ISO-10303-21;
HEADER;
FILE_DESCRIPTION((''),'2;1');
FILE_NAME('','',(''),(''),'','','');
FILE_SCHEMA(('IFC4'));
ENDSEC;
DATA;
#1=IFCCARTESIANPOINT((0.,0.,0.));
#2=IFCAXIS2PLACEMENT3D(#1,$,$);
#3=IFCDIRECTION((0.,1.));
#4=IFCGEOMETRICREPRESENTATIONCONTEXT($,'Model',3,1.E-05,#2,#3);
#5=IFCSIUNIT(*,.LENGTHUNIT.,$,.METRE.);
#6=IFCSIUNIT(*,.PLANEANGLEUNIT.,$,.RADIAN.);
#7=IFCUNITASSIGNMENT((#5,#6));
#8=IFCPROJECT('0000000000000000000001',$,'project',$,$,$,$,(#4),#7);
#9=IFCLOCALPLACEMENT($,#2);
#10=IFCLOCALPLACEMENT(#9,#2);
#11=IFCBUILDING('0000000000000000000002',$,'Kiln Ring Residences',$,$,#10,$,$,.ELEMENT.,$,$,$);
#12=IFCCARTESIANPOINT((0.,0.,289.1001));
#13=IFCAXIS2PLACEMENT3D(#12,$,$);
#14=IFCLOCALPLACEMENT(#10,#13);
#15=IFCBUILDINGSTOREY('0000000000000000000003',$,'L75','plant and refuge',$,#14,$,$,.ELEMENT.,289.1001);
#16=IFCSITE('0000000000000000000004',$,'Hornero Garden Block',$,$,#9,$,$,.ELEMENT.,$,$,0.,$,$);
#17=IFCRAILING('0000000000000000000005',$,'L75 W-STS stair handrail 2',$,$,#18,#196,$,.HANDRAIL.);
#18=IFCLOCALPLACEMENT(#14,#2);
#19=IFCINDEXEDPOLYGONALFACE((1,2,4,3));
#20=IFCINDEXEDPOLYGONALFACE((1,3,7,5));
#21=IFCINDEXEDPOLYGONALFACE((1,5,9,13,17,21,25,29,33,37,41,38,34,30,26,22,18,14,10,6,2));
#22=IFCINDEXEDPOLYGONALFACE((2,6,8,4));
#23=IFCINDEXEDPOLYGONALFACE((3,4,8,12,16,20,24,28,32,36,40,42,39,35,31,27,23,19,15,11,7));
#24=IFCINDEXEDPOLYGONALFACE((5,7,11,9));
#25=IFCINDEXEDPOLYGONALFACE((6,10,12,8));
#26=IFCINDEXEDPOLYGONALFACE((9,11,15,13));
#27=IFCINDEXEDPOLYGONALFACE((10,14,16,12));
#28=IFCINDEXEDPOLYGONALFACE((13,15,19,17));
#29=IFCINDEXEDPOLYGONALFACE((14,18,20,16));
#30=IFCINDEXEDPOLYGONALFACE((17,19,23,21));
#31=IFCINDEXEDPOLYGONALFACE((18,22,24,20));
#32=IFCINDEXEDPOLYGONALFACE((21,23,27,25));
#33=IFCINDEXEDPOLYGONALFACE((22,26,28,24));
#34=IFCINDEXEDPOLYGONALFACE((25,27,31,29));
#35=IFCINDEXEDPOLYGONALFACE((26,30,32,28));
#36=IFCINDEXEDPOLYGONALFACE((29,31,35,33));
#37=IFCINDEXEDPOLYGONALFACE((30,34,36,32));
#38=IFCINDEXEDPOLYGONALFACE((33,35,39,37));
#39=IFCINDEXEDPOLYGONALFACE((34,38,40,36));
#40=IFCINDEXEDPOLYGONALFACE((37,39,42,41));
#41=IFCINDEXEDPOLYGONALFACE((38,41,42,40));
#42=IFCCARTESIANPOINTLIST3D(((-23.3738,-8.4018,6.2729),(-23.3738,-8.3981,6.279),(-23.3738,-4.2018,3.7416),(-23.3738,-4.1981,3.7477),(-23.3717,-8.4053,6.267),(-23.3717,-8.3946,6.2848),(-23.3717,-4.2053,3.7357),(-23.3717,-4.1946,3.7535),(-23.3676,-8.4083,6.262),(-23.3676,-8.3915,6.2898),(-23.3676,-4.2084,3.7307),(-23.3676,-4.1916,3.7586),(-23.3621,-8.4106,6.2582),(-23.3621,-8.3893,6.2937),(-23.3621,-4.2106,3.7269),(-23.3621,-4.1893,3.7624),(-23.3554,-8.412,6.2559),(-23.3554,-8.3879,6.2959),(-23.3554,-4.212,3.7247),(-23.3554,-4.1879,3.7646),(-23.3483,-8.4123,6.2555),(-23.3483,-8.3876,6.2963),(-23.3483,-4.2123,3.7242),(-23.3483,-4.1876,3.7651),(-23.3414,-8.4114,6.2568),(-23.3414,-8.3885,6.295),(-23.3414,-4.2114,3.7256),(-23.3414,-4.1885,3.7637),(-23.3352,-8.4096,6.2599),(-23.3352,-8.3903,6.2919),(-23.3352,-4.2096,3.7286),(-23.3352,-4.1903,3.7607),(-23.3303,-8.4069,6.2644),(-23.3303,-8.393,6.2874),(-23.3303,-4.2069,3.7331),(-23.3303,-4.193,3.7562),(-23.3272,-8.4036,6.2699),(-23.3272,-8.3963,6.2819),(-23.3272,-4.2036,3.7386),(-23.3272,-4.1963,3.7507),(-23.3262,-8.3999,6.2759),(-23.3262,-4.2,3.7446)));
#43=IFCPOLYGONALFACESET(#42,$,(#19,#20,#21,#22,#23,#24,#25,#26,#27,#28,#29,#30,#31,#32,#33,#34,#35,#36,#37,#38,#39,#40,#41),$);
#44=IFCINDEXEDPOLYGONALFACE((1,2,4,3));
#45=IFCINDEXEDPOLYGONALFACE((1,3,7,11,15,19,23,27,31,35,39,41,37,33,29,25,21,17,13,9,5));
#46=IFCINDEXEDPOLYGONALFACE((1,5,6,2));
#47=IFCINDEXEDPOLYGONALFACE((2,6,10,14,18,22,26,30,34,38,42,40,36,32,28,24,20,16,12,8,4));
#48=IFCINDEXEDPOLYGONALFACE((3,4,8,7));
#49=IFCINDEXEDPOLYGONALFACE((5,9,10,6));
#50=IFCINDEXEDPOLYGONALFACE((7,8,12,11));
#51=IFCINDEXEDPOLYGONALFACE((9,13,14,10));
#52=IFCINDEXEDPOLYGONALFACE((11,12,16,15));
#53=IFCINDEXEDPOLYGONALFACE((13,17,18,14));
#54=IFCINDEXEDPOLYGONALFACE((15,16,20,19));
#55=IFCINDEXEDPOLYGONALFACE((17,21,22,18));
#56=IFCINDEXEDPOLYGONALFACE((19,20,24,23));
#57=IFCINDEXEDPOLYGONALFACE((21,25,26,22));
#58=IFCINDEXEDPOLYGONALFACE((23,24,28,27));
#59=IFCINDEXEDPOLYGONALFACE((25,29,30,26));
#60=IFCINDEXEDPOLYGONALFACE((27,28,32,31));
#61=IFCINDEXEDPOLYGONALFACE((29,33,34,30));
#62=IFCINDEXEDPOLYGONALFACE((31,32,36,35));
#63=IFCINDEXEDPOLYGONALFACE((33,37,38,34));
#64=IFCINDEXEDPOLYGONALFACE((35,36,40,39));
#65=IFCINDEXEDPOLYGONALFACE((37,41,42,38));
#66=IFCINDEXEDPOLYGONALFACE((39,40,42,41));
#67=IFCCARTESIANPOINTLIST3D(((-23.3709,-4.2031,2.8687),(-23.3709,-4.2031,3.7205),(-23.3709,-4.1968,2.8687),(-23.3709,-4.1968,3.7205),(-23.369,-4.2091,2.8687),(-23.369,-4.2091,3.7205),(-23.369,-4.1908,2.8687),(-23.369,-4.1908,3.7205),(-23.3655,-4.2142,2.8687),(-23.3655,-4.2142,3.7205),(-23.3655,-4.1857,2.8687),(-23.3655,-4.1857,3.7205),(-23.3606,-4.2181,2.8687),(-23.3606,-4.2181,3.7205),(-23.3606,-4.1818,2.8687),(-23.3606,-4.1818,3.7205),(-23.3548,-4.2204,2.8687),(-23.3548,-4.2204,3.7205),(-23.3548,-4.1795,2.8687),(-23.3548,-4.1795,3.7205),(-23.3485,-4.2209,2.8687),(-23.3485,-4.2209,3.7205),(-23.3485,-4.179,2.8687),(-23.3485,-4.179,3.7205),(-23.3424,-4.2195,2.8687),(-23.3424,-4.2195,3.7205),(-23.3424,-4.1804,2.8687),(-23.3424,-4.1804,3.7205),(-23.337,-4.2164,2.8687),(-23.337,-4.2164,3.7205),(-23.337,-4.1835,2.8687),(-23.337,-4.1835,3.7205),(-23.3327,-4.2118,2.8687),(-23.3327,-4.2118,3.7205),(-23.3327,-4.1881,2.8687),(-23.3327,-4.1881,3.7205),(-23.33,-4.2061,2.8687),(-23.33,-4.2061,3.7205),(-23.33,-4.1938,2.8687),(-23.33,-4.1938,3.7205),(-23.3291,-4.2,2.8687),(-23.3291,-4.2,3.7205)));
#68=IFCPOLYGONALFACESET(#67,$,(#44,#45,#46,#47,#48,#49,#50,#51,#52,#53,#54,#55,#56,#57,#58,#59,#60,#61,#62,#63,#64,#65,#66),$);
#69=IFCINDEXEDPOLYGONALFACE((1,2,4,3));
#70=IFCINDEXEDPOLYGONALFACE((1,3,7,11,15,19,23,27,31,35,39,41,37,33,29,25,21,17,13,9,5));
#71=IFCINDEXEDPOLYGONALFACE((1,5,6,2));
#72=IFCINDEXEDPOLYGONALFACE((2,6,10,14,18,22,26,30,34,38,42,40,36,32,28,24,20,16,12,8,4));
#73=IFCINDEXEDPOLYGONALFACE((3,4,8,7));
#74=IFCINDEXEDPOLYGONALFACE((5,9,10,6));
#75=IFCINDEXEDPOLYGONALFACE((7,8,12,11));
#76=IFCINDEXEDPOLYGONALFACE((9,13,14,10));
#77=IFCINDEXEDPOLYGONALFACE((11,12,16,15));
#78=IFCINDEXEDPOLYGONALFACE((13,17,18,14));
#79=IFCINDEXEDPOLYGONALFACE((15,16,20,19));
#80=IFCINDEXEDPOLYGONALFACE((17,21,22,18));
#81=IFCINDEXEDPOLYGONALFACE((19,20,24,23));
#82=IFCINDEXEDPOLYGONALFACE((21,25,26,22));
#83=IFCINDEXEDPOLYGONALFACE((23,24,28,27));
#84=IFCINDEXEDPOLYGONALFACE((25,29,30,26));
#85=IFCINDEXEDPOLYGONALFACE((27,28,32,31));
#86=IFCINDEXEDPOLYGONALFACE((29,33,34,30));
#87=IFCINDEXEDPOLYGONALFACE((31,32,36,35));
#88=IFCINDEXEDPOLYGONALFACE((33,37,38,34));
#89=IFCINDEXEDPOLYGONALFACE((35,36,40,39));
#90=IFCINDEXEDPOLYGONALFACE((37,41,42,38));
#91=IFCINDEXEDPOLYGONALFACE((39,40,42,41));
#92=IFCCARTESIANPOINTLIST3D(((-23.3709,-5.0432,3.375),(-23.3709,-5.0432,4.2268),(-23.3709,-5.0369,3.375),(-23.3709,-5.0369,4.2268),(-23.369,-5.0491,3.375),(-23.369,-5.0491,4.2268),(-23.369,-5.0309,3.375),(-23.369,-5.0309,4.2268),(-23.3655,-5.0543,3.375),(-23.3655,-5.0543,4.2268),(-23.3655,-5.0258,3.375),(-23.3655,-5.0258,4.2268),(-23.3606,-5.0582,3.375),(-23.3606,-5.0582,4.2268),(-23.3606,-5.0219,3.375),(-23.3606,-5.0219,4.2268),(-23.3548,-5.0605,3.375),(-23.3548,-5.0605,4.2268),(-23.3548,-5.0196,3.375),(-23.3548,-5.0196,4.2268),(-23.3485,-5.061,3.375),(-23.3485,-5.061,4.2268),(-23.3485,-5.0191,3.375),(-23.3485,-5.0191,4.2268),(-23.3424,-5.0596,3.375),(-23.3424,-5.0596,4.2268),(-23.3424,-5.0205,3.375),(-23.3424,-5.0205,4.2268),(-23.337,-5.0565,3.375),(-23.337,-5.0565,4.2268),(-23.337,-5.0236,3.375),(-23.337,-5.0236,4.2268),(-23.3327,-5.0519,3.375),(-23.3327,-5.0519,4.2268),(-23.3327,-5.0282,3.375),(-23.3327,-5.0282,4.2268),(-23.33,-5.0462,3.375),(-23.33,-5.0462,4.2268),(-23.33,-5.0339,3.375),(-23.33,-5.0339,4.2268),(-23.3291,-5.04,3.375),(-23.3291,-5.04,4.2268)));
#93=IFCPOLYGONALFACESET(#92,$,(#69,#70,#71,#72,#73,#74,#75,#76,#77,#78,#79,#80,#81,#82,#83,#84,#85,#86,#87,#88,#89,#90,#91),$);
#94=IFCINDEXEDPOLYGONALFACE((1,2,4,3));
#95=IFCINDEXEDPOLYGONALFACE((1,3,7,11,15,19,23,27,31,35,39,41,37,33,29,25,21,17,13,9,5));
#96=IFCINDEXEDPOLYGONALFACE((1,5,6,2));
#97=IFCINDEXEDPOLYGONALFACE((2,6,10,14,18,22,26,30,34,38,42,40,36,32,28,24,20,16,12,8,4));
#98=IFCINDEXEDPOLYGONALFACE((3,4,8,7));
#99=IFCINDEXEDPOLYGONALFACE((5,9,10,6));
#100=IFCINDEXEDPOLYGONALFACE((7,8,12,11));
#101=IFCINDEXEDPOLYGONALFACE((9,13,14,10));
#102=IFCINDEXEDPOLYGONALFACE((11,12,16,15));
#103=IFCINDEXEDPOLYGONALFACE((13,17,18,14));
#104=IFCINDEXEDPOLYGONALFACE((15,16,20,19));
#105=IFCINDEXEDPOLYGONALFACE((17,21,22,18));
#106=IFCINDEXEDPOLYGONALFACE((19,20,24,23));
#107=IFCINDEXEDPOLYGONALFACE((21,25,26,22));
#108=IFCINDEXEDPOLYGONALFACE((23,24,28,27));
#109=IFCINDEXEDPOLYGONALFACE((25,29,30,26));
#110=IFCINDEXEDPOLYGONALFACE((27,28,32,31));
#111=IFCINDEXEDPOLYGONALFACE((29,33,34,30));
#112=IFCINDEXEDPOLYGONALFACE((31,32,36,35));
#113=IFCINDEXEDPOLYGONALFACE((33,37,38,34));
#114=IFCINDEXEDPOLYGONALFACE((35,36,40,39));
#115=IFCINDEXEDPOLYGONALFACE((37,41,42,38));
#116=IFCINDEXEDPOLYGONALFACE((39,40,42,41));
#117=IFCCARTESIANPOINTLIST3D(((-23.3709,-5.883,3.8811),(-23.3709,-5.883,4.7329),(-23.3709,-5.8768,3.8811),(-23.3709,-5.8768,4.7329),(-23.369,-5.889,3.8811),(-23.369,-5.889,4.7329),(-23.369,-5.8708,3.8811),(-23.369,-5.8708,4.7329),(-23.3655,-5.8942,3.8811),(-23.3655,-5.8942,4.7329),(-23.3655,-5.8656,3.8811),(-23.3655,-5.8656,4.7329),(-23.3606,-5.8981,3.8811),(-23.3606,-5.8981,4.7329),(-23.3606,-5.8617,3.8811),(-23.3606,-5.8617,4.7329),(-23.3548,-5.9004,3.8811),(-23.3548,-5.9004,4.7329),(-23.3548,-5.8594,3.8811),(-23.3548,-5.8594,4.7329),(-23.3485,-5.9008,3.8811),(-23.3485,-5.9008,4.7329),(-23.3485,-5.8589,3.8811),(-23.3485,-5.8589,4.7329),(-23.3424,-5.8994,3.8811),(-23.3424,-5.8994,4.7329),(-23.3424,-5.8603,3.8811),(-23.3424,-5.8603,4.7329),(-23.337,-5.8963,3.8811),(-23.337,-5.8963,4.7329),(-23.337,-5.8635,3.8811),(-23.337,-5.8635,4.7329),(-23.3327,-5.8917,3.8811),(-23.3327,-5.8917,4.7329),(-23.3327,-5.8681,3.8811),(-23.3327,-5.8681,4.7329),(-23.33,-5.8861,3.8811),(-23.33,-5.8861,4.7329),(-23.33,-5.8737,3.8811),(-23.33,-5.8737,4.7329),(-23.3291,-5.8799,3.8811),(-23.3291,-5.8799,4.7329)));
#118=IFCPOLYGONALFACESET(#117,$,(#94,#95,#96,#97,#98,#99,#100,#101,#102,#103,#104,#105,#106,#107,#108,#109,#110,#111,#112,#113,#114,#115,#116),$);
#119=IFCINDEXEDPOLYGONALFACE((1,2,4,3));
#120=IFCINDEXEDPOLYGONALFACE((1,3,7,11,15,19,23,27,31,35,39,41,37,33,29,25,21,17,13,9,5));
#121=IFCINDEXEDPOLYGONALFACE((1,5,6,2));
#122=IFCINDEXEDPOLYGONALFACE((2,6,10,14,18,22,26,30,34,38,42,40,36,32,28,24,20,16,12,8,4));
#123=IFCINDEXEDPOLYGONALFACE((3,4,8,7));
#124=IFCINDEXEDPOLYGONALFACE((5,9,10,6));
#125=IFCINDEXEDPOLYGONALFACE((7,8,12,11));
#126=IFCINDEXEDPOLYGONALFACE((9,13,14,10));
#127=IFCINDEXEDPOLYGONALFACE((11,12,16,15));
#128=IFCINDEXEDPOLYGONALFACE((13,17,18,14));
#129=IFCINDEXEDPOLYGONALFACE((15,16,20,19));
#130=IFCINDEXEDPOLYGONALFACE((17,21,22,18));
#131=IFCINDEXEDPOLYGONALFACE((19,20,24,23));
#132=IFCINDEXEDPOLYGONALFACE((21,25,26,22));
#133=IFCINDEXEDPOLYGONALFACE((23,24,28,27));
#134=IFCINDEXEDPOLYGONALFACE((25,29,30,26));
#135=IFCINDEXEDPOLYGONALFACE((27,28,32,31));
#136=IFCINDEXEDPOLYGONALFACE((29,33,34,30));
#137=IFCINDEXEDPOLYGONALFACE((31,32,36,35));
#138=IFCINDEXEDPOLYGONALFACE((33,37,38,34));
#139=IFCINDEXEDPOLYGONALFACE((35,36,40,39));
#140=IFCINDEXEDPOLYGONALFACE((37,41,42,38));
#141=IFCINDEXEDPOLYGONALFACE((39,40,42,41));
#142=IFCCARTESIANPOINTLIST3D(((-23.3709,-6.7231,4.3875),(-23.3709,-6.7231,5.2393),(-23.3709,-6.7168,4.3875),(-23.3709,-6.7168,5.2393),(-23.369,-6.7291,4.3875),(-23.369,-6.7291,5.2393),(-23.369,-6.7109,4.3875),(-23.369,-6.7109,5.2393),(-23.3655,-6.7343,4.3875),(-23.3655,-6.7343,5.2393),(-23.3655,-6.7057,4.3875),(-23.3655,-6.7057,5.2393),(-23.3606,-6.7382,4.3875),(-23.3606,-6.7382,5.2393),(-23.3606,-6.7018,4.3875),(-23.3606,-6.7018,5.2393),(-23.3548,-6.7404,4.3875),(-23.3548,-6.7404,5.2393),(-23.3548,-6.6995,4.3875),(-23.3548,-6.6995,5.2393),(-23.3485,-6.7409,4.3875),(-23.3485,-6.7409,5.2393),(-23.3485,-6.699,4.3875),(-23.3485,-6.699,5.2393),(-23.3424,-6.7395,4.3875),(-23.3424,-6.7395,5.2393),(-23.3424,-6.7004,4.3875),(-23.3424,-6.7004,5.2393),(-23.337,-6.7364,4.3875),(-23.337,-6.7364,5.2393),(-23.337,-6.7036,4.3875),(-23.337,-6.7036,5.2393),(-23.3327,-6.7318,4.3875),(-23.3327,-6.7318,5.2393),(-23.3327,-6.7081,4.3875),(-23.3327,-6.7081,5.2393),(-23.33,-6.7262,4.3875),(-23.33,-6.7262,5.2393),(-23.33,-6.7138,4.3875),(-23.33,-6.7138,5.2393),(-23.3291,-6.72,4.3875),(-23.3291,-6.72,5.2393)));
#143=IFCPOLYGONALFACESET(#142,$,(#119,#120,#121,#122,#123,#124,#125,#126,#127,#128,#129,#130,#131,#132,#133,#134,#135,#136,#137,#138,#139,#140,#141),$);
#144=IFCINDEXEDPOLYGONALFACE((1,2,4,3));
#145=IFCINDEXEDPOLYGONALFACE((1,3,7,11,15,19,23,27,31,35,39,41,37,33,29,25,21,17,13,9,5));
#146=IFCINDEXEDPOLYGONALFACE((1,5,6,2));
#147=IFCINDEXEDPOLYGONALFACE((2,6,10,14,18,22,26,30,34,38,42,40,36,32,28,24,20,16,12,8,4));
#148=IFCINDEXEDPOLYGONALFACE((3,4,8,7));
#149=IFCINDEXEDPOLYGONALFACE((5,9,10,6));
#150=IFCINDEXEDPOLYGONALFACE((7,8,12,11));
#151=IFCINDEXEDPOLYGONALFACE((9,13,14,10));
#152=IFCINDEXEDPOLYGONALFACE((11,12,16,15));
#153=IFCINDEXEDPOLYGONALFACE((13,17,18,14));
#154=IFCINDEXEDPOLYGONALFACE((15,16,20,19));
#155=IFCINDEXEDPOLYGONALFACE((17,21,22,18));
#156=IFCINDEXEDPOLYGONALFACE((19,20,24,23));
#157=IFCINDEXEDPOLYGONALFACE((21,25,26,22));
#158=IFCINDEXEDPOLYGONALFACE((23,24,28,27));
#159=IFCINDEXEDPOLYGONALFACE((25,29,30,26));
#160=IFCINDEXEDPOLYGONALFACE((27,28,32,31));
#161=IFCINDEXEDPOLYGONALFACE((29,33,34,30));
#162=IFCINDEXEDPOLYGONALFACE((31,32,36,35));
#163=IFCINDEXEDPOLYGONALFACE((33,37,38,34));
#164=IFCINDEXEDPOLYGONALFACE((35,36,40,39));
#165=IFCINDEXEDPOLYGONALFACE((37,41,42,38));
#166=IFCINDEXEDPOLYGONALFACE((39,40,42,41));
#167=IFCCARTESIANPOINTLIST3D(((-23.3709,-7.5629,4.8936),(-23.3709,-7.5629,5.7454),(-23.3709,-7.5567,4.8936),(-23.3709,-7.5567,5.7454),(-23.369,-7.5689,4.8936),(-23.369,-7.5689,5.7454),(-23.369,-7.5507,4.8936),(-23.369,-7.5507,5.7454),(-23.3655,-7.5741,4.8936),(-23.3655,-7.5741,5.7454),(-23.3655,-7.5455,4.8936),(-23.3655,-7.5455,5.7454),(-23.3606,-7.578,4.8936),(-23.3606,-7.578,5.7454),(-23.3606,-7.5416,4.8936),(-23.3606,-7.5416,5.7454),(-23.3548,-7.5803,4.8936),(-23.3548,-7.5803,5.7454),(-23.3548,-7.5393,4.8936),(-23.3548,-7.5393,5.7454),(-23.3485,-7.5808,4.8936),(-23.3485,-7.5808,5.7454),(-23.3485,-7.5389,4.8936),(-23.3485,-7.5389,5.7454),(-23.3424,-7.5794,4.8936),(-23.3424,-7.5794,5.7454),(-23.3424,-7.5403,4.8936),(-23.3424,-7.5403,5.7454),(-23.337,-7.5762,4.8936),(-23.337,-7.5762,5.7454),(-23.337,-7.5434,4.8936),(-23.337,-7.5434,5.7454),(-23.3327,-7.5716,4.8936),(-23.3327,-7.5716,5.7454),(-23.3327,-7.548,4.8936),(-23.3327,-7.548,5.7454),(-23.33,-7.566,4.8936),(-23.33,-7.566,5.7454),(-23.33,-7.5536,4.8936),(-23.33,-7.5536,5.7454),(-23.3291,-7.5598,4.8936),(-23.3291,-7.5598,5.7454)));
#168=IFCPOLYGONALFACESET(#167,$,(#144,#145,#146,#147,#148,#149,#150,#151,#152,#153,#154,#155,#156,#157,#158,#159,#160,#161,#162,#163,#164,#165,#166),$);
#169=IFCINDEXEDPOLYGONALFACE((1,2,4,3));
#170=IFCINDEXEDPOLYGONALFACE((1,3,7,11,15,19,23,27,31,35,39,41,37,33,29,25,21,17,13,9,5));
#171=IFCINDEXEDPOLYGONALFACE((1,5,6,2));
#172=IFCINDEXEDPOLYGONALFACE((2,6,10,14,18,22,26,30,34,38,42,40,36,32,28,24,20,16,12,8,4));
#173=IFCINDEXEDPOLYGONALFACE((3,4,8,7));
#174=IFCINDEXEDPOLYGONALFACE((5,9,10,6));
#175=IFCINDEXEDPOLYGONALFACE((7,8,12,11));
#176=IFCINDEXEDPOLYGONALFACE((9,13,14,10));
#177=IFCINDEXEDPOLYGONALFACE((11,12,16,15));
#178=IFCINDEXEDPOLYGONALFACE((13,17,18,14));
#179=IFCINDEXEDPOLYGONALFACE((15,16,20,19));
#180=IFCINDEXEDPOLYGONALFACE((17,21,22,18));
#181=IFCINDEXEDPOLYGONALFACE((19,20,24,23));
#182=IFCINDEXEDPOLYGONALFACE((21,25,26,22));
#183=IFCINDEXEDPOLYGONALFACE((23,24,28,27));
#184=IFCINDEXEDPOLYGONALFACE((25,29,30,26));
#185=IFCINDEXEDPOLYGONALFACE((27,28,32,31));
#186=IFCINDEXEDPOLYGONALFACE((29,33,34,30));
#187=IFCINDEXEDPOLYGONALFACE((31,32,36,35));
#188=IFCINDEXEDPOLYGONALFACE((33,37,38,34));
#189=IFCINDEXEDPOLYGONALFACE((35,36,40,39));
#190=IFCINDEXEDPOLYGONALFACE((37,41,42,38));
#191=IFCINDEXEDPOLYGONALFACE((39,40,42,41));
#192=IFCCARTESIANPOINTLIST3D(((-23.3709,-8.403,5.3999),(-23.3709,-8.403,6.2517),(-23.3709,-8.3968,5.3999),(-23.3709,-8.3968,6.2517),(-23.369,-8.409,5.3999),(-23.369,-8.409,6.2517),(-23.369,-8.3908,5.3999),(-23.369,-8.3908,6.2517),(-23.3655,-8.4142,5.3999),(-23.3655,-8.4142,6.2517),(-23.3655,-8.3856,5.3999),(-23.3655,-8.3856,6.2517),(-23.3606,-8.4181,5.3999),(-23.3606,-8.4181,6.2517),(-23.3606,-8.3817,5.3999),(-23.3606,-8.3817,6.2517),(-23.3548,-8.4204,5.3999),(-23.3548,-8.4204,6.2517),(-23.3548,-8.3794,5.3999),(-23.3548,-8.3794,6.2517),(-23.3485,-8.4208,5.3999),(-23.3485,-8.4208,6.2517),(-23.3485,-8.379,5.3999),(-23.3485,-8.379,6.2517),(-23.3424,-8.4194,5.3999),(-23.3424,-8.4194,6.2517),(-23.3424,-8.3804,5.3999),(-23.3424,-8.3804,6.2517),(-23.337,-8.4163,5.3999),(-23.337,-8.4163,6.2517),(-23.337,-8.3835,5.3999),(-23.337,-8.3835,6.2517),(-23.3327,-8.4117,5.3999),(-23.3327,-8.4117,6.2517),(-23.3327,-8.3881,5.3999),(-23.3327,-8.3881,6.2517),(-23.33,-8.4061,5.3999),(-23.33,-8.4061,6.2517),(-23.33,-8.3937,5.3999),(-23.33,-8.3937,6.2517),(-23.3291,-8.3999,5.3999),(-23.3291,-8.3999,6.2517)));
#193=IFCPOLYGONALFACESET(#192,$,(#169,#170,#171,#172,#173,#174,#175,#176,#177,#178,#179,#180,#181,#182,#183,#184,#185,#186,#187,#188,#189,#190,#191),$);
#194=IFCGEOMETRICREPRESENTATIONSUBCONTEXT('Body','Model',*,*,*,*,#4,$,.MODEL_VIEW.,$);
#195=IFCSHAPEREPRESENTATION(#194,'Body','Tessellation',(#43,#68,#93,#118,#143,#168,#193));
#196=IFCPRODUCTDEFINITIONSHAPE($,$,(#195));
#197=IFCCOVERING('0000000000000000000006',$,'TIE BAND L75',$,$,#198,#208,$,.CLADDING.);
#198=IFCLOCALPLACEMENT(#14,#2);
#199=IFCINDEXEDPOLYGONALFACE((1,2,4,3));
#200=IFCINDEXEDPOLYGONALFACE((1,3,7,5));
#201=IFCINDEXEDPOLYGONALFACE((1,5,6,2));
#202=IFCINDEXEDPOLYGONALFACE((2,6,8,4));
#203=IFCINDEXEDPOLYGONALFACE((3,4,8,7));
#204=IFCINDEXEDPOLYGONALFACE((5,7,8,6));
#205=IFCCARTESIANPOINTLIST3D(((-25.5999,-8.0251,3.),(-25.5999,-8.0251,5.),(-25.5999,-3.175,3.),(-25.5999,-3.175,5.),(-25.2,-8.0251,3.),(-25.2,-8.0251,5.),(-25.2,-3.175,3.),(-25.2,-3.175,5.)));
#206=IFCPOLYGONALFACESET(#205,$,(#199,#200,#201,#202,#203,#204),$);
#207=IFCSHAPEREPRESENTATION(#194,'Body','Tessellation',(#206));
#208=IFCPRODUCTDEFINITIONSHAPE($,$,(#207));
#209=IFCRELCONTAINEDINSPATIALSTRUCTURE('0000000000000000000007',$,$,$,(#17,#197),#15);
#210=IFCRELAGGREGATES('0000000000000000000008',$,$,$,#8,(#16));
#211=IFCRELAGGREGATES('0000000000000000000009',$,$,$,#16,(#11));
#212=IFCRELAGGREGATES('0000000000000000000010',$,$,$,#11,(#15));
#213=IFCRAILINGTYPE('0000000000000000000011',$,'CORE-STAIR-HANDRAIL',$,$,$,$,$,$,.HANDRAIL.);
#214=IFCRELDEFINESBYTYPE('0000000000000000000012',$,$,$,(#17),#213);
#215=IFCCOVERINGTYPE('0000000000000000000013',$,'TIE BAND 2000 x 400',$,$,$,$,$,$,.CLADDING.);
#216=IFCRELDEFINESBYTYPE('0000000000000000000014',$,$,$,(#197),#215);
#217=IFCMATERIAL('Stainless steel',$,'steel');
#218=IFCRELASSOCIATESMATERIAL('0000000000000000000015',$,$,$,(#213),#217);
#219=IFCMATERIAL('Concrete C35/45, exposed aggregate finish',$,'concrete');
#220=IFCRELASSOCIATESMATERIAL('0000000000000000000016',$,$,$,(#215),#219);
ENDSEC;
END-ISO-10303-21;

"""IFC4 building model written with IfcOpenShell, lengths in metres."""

from ifc_helpers import new_model, si_unit, direction, frame, origin, origin_2d, place, context, subcontext, project, spatial, rectangle, circle, extrude, material, type_object, element, save


model = new_model("IFC4")

# Units and contexts
model_context = context("Model", 3, precision=1e-05, world=origin(), true_north=direction((0.0, 1.0)))
body_context = subcontext(model_context, "Body", "Model", "MODEL_VIEW")
ifc_project = project(units=[si_unit("LENGTHUNIT", "METRE"), si_unit("PLANEANGLEUNIT", "RADIAN")], contexts=[model_context])

# Site, building, storey
site_placement = place(None, origin())
site = spatial("IfcSite", under=ifc_project, at=site_placement, Name="Hornero Garden Block", CompositionType="ELEMENT", RefElevation=0.0)
building_placement = place(site_placement, origin())
building = spatial("IfcBuilding", under=site, at=building_placement, Name="Kiln Ring Residences", CompositionType="ELEMENT")
storey_placement = place(building_placement, frame((0.0, 0.0, 289.1001)))
storey = spatial("IfcBuildingStorey", under=building, at=storey_placement, Name="L75", Description="plant and refuge", CompositionType="ELEMENT", Elevation=289.1001)

# Railing
ifc_material_1 = material(Name="Stainless steel", Category="steel")
railing_type_1 = type_object("IfcRailingType", Name="CORE-STAIR-HANDRAIL", PredefinedType="HANDRAIL", material=ifc_material_1)
railing_1_placement = place(storey_placement, frame((-23.3501, -4.2, 2.8687)))
element("IfcRailing", 1, at=railing_1_placement, inside=storey, type_object=railing_type_1, Name="L75 W-STS stair handrail 2", PredefinedType="HANDRAIL", context=body_context, shape_type="SweptSolid", body=[
    extrude(circle(Radius=0.0239, at=origin_2d()), frame((0.0, 0.0, 0.876), z_axis=(0.0, -0.856476, 0.516186), x_axis=(1.0, 0.0, 0.0)), (0.0, 0.0, 1.0), 4.9038),
    extrude(circle(Radius=0.021, at=origin_2d()), origin(), (0.0, 0.0, 1.0), 0.8518),
    extrude(circle(Radius=0.021, at=origin_2d()), frame((0.0, -0.8401, 0.5063)), (0.0, 0.0, 1.0), 0.8518),
    extrude(circle(Radius=0.021, at=origin_2d()), frame((0.0, -1.6799, 1.0125)), (0.0, 0.0, 1.0), 0.8518),
    extrude(circle(Radius=0.021, at=origin_2d()), frame((0.0, -2.52, 1.5188)), (0.0, 0.0, 1.0), 0.8518),
    extrude(circle(Radius=0.021, at=origin_2d()), frame((0.0, -3.3599, 2.0249)), (0.0, 0.0, 1.0), 0.8518),
    extrude(circle(Radius=0.021, at=origin_2d()), frame((0.0, -4.2, 2.5312)), (0.0, 0.0, 1.0), 0.8518),
])

# Covering
ifc_material_2 = material(Name="Concrete C35/45, exposed aggregate finish", Category="concrete")
covering_type = type_object("IfcCoveringType", Name="TIE BAND 2000 x 400", PredefinedType="CLADDING", material=ifc_material_2)
covering_1_placement = place(storey_placement, frame((-25.3999, -5.6001, 3.0), z_axis=(0.0, 0.0, 1.0), x_axis=(0.0, -1.0, 0.0)))
element("IfcCovering", 2, at=covering_1_placement, inside=storey, type_object=covering_type, Name="TIE BAND L75", PredefinedType="CLADDING", context=body_context, shape_type="SweptSolid", body=[
    extrude(rectangle(XDim=4.8501, YDim=0.3999, at=origin_2d()), origin(), (0.0, 0.0, 1.0), 2.0),
])

save(model, "model.ifc")
